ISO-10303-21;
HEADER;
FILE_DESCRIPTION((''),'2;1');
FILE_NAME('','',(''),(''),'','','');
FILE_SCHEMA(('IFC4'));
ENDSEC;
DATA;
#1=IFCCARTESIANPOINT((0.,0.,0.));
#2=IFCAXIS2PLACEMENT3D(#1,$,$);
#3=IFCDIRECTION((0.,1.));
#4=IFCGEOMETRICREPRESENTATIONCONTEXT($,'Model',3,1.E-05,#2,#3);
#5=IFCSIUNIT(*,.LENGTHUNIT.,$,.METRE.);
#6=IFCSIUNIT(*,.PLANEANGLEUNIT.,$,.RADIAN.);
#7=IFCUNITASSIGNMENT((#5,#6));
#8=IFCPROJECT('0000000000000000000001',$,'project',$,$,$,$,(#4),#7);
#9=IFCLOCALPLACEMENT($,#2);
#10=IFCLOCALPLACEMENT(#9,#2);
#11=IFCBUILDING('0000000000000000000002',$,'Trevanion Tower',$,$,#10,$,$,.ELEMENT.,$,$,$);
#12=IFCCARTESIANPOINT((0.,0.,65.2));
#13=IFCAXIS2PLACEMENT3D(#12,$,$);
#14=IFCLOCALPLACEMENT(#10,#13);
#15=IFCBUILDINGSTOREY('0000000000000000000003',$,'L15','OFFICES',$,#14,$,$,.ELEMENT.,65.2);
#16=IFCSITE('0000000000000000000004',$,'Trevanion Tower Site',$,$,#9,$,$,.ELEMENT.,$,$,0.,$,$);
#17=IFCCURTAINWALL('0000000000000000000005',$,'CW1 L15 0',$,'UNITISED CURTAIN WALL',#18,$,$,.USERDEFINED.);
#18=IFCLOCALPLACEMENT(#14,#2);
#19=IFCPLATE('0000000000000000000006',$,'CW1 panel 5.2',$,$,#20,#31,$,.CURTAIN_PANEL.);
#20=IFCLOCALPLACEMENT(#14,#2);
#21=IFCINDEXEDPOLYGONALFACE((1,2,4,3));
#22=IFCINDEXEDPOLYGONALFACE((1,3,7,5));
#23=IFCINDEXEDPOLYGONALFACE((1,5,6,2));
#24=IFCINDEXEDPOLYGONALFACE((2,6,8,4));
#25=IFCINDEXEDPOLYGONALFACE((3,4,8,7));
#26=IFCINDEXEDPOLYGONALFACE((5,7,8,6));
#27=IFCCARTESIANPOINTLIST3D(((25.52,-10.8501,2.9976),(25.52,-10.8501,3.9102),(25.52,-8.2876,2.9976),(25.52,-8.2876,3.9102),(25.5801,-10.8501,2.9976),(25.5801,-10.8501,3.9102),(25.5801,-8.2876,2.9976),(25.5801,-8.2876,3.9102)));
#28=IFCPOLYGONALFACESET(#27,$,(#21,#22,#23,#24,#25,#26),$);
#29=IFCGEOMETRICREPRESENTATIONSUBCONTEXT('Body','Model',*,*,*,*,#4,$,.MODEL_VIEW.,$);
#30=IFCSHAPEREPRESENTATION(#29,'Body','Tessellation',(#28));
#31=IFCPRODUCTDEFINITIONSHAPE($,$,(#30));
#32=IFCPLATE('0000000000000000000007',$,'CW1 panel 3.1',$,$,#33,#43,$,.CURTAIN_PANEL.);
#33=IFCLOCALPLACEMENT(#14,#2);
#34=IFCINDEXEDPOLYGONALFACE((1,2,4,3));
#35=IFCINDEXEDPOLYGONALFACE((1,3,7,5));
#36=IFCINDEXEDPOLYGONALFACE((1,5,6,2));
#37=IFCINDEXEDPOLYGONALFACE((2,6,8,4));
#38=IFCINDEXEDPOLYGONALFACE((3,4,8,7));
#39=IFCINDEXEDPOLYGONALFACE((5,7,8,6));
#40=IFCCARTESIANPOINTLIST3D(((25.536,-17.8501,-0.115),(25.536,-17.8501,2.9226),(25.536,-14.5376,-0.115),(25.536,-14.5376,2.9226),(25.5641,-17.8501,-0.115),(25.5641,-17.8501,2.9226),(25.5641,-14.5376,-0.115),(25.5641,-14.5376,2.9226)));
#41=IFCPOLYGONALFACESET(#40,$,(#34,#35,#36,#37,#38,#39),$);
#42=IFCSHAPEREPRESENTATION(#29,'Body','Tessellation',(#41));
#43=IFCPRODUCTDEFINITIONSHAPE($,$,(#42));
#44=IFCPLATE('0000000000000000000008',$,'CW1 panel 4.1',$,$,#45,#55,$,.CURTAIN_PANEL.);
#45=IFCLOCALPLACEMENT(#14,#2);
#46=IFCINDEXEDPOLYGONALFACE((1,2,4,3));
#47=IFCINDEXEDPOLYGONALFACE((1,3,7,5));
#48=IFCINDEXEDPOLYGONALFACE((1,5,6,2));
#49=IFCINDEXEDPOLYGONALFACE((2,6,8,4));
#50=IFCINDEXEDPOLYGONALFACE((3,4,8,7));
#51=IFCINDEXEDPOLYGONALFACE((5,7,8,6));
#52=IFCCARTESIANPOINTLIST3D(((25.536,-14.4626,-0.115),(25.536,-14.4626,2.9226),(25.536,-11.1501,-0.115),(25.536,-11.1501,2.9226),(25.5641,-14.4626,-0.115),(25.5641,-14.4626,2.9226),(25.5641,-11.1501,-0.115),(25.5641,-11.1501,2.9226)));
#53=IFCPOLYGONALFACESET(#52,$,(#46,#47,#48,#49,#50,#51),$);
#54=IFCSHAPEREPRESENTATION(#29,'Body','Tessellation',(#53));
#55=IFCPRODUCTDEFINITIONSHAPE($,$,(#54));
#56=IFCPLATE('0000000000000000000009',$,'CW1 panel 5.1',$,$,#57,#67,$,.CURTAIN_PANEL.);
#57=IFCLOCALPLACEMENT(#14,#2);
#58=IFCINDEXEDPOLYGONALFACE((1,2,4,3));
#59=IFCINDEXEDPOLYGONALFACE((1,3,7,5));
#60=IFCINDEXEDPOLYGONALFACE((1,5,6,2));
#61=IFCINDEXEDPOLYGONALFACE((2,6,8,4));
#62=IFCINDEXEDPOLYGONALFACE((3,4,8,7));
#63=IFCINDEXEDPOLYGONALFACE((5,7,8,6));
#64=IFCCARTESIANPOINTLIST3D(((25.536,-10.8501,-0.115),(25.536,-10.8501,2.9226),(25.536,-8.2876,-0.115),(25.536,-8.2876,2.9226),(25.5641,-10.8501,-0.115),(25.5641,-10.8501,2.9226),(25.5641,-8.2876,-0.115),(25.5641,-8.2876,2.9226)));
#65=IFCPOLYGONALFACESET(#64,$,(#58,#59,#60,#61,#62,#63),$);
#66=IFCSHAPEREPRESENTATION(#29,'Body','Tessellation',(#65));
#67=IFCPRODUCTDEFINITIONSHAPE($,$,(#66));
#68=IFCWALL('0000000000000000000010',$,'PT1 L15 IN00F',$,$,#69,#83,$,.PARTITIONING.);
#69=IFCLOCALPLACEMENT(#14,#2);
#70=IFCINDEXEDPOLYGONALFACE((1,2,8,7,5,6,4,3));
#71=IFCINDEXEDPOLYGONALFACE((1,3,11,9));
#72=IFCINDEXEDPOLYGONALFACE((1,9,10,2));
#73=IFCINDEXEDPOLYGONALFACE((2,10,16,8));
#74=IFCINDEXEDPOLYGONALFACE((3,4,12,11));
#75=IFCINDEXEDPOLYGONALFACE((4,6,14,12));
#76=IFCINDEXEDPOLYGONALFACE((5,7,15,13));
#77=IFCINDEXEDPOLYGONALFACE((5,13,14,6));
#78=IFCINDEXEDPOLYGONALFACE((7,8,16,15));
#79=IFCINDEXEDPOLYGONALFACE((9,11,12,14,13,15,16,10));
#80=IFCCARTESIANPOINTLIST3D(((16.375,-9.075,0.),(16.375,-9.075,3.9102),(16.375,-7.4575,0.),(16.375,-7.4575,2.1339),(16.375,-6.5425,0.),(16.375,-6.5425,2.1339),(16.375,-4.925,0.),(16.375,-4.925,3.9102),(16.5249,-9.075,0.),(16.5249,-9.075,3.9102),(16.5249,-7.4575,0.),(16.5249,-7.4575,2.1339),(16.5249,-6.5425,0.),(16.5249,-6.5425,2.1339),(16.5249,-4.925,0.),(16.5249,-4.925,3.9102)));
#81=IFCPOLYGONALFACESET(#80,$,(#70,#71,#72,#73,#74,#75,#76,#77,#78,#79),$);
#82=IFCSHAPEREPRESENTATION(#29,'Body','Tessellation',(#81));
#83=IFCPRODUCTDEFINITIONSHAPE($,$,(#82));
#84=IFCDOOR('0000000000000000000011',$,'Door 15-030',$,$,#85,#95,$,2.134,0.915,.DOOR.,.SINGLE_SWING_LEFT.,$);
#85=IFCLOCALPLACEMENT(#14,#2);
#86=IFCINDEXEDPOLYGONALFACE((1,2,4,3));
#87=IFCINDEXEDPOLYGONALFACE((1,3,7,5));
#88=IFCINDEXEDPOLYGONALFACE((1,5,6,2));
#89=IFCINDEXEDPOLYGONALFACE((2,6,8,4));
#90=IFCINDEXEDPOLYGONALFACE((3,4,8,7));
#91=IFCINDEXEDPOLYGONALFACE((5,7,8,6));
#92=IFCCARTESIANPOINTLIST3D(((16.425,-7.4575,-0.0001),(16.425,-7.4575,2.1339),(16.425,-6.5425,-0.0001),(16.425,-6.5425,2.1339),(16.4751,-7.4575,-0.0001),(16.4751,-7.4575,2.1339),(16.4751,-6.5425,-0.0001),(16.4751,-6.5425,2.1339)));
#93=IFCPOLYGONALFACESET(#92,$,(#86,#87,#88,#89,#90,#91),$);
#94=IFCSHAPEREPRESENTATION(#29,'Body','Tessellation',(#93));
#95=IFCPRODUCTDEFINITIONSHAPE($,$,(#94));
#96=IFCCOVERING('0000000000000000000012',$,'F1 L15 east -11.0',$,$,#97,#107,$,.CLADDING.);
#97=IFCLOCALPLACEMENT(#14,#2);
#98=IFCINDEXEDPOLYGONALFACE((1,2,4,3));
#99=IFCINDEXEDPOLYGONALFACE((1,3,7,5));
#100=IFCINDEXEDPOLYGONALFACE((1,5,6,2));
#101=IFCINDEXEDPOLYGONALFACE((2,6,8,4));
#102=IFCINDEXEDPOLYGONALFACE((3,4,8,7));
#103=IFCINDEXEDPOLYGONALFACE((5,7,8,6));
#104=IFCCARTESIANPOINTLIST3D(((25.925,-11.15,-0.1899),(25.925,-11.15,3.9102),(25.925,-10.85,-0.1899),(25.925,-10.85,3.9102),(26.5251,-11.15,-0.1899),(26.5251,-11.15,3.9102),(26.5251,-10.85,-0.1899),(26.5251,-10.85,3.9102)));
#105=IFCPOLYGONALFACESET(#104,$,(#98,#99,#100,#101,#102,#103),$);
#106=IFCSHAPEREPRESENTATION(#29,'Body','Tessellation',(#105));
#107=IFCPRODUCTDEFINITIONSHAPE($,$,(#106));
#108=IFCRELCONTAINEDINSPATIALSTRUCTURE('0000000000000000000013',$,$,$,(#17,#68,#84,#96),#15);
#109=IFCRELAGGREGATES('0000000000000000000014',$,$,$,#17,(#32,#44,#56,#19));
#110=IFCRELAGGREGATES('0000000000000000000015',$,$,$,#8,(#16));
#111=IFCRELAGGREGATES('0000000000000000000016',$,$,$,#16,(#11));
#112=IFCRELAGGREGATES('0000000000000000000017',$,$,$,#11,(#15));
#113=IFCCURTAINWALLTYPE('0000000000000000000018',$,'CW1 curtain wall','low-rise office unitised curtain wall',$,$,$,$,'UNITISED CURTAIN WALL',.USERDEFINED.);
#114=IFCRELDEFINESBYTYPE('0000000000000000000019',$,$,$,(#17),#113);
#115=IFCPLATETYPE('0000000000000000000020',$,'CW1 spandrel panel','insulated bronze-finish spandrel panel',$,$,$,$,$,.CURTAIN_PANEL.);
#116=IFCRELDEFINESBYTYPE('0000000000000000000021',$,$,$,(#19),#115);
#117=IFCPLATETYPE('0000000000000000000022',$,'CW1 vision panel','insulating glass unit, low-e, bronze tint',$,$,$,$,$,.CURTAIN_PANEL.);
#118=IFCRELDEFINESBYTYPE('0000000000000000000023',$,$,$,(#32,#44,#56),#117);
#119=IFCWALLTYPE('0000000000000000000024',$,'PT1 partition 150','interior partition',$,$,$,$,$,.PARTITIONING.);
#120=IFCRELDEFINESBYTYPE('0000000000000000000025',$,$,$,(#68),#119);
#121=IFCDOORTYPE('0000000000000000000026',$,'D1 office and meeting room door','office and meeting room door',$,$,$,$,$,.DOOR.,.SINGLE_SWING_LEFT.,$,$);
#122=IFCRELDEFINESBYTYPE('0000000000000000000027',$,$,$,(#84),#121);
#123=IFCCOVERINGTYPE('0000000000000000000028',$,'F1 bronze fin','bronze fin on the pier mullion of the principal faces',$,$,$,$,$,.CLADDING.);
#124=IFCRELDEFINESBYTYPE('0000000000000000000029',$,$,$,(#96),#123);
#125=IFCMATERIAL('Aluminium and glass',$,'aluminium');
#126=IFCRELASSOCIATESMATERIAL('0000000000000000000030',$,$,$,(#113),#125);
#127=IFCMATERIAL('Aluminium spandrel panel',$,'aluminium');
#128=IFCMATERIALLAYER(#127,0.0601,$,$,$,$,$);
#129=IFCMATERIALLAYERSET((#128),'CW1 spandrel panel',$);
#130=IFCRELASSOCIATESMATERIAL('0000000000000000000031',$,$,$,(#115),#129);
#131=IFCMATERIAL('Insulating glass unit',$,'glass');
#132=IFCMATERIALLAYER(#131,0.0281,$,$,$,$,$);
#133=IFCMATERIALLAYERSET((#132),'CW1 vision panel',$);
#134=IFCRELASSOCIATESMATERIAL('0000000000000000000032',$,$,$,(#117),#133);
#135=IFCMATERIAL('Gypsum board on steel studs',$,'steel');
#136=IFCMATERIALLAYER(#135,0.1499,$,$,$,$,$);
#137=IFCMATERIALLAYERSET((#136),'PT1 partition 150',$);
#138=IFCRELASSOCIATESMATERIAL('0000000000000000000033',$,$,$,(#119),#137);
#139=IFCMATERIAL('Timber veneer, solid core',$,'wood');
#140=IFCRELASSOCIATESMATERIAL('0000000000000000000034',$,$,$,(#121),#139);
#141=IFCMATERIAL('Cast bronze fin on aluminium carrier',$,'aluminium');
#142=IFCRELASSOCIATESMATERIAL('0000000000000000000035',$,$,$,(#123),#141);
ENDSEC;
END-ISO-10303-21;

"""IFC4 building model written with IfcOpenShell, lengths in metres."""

from ifc_helpers import new_model, si_unit, direction, frame, frame_2d, origin, origin_2d, place, context, subcontext, project, spatial, rectangle, extrude, material, layer, layer_set, type_object, element, fill, aggregate, save


model = new_model("IFC4")

# Units and contexts
model_context = context("Model", 3, precision=1e-05, world=origin(), true_north=direction((0.0, 1.0)))
body_context = subcontext(model_context, "Body", "Model", "MODEL_VIEW")
ifc_project = project(units=[si_unit("LENGTHUNIT", "METRE"), si_unit("PLANEANGLEUNIT", "RADIAN")], contexts=[model_context])

# Site, building, storey
site_placement = place(None, origin())
site = spatial("IfcSite", under=ifc_project, at=site_placement, Name="Trevanion Tower Site", CompositionType="ELEMENT", RefElevation=0.0)
building_placement = place(site_placement, origin())
building = spatial("IfcBuilding", under=site, at=building_placement, Name="Trevanion Tower", CompositionType="ELEMENT")
storey_placement = place(building_placement, frame((0.0, 0.0, 65.2)))
storey = spatial("IfcBuildingStorey", under=building, at=storey_placement, Name="L15", Description="OFFICES", CompositionType="ELEMENT", Elevation=65.2)

# Curtain wall
ifc_material_1 = material(Name="Aluminium and glass", Category="aluminium")
curtain_wall_type = type_object("IfcCurtainWallType", Name="CW1 curtain wall", Description="low-rise office unitised curtain wall", ElementType="UNITISED CURTAIN WALL", PredefinedType="USERDEFINED", material=ifc_material_1)
curtain_wall_placement = place(storey_placement, origin())
curtain_wall = element("IfcCurtainWall", 1, at=curtain_wall_placement, inside=storey, type_object=curtain_wall_type, Name="CW1 L15 0", ObjectType="UNITISED CURTAIN WALL", PredefinedType="USERDEFINED")

# Plates
ifc_material_2 = material(Name="Aluminium spandrel panel", Category="aluminium")
ifc_layer_1 = layer(ifc_material_2, 0.0601)
ifc_layer_set_1 = layer_set([ifc_layer_1], Name="CW1 spandrel panel")
plate_type_1 = type_object("IfcPlateType", Name="CW1 spandrel panel", Description="insulated bronze-finish spandrel panel", PredefinedType="CURTAIN_PANEL", material=ifc_layer_set_1)
plate_1_placement = place(storey_placement, frame((25.55, -9.5688, 2.9976), z_axis=(0.0, 0.0, 1.0), x_axis=(0.0, 1.0, 0.0)))
plate_1 = element("IfcPlate", 2, at=plate_1_placement, type_object=plate_type_1, Name="CW1 panel 5.2", PredefinedType="CURTAIN_PANEL", context=body_context, shape_type="SweptSolid", body=[
    extrude(rectangle(XDim=2.5625, YDim=0.0601, at=origin_2d()), origin(), (0.0, 0.0, 1.0), 0.9126),
])
ifc_material_3 = material(Name="Insulating glass unit", Category="glass")
ifc_layer_2 = layer(ifc_material_3, 0.0281)
ifc_layer_set_2 = layer_set([ifc_layer_2], Name="CW1 vision panel")
plate_type_2 = type_object("IfcPlateType", Name="CW1 vision panel", Description="insulating glass unit, low-e, bronze tint", PredefinedType="CURTAIN_PANEL", material=ifc_layer_set_2)
plate_2_placement = place(storey_placement, frame((25.55, -16.1938, -0.115), z_axis=(0.0, 0.0, 1.0), x_axis=(0.0, 1.0, 0.0)))
plate_2 = element("IfcPlate", 3, at=plate_2_placement, type_object=plate_type_2, Name="CW1 panel 3.1", PredefinedType="CURTAIN_PANEL", context=body_context, shape_type="SweptSolid", body=[
    extrude(rectangle(XDim=3.3125, YDim=0.0281, at=origin_2d()), origin(), (0.0, 0.0, 1.0), 3.0376),
])
plate_3_placement = place(storey_placement, frame((25.55, -12.8064, -0.115), z_axis=(0.0, 0.0, 1.0), x_axis=(0.0, 1.0, 0.0)))
plate_3 = element("IfcPlate", 4, at=plate_3_placement, type_object=plate_type_2, Name="CW1 panel 4.1", PredefinedType="CURTAIN_PANEL", context=body_context, shape_type="SweptSolid", body=[
    extrude(rectangle(XDim=3.3125, YDim=0.0281, at=origin_2d()), origin(), (0.0, 0.0, 1.0), 3.0376),
])
plate_4_placement = place(storey_placement, frame((25.55, -9.5688, -0.115), z_axis=(0.0, 0.0, 1.0), x_axis=(0.0, 1.0, 0.0)))
plate_4 = element("IfcPlate", 5, at=plate_4_placement, type_object=plate_type_2, Name="CW1 panel 5.1", PredefinedType="CURTAIN_PANEL", context=body_context, shape_type="SweptSolid", body=[
    extrude(rectangle(XDim=2.5625, YDim=0.0281, at=origin_2d()), origin(), (0.0, 0.0, 1.0), 3.0376),
])
aggregate(curtain_wall, [plate_2, plate_3, plate_4, plate_1])

# Wall, opening, door
ifc_material_4 = material(Name="Gypsum board on steel studs", Category="steel")
ifc_layer_3 = layer(ifc_material_4, 0.1499)
ifc_layer_set_3 = layer_set([ifc_layer_3], Name="PT1 partition 150")
wall_type = type_object("IfcWallType", Name="PT1 partition 150", Description="interior partition", PredefinedType="PARTITIONING", material=ifc_layer_set_3)
wall_placement = place(storey_placement, frame((16.45, -9.075, 0.0), z_axis=(0.0, 0.0, 1.0), x_axis=(0.0, 1.0, 0.0)))
wall = element("IfcWall", 6, at=wall_placement, inside=storey, type_object=wall_type, Name="PT1 L15 IN00F", PredefinedType="PARTITIONING", context=body_context, shape_type="SweptSolid", body=[
    extrude(rectangle(XDim=4.1499, YDim=0.1499, at=frame_2d((2.075, 0.0))), origin(), (0.0, 0.0, 1.0), 3.9102),
])
opening_placement = place(wall_placement, frame((1.6174, 0.0, 0.0)))
opening = element("IfcOpeningElement", 7, at=opening_placement, cuts=wall, PredefinedType="OPENING", context=body_context, shape_type="SweptSolid", body=[
    extrude(rectangle(XDim=0.915, YDim=2.134, at=frame_2d((0.4575, 1.0669))), frame((0.0, 0.085, 0.0), z_axis=(0.0, -1.0, 0.0), x_axis=(1.0, 0.0, 0.0)), (0.0, 0.0, 1.0), 0.1699),
])
ifc_material_5 = material(Name="Timber veneer, solid core", Category="wood")
door_type = type_object("IfcDoorType", Name="D1 office and meeting room door", Description="office and meeting room door", OperationType="SINGLE_SWING_LEFT", PredefinedType="DOOR", material=ifc_material_5)
door_placement = place(opening_placement, origin())
door = element("IfcDoor", 8, at=door_placement, inside=storey, type_object=door_type, Name="Door 15-030", OperationType="SINGLE_SWING_LEFT", OverallHeight=2.134, OverallWidth=0.915, PredefinedType="DOOR", context=body_context, shape_type="SweptSolid", body=[
    extrude(rectangle(XDim=0.915, YDim=2.134, at=frame_2d((0.4575, 1.0669))), frame((0.0, 0.0249, 0.0), z_axis=(0.0, -1.0, 0.0), x_axis=(1.0, 0.0, 0.0)), (0.0, 0.0, 1.0), 0.05),
])
fill(opening, door)

# Covering
ifc_material_6 = material(Name="Cast bronze fin on aluminium carrier", Category="aluminium")
covering_type = type_object("IfcCoveringType", Name="F1 bronze fin", Description="bronze fin on the pier mullion of the principal faces", PredefinedType="CLADDING", material=ifc_material_6)
covering_placement = place(storey_placement, frame((26.2251, -11.0, -0.1899), z_axis=(0.0, 0.0, 1.0), x_axis=(0.0, 1.0, 0.0)))
element("IfcCovering", 9, at=covering_placement, inside=storey, type_object=covering_type, Name="F1 L15 east -11.0", PredefinedType="CLADDING", context=body_context, shape_type="SweptSolid", body=[
    extrude(rectangle(XDim=0.3, YDim=0.6001, at=origin_2d()), origin(), (0.0, 0.0, 1.0), 4.1001),
])

save(model, "model.ifc")
